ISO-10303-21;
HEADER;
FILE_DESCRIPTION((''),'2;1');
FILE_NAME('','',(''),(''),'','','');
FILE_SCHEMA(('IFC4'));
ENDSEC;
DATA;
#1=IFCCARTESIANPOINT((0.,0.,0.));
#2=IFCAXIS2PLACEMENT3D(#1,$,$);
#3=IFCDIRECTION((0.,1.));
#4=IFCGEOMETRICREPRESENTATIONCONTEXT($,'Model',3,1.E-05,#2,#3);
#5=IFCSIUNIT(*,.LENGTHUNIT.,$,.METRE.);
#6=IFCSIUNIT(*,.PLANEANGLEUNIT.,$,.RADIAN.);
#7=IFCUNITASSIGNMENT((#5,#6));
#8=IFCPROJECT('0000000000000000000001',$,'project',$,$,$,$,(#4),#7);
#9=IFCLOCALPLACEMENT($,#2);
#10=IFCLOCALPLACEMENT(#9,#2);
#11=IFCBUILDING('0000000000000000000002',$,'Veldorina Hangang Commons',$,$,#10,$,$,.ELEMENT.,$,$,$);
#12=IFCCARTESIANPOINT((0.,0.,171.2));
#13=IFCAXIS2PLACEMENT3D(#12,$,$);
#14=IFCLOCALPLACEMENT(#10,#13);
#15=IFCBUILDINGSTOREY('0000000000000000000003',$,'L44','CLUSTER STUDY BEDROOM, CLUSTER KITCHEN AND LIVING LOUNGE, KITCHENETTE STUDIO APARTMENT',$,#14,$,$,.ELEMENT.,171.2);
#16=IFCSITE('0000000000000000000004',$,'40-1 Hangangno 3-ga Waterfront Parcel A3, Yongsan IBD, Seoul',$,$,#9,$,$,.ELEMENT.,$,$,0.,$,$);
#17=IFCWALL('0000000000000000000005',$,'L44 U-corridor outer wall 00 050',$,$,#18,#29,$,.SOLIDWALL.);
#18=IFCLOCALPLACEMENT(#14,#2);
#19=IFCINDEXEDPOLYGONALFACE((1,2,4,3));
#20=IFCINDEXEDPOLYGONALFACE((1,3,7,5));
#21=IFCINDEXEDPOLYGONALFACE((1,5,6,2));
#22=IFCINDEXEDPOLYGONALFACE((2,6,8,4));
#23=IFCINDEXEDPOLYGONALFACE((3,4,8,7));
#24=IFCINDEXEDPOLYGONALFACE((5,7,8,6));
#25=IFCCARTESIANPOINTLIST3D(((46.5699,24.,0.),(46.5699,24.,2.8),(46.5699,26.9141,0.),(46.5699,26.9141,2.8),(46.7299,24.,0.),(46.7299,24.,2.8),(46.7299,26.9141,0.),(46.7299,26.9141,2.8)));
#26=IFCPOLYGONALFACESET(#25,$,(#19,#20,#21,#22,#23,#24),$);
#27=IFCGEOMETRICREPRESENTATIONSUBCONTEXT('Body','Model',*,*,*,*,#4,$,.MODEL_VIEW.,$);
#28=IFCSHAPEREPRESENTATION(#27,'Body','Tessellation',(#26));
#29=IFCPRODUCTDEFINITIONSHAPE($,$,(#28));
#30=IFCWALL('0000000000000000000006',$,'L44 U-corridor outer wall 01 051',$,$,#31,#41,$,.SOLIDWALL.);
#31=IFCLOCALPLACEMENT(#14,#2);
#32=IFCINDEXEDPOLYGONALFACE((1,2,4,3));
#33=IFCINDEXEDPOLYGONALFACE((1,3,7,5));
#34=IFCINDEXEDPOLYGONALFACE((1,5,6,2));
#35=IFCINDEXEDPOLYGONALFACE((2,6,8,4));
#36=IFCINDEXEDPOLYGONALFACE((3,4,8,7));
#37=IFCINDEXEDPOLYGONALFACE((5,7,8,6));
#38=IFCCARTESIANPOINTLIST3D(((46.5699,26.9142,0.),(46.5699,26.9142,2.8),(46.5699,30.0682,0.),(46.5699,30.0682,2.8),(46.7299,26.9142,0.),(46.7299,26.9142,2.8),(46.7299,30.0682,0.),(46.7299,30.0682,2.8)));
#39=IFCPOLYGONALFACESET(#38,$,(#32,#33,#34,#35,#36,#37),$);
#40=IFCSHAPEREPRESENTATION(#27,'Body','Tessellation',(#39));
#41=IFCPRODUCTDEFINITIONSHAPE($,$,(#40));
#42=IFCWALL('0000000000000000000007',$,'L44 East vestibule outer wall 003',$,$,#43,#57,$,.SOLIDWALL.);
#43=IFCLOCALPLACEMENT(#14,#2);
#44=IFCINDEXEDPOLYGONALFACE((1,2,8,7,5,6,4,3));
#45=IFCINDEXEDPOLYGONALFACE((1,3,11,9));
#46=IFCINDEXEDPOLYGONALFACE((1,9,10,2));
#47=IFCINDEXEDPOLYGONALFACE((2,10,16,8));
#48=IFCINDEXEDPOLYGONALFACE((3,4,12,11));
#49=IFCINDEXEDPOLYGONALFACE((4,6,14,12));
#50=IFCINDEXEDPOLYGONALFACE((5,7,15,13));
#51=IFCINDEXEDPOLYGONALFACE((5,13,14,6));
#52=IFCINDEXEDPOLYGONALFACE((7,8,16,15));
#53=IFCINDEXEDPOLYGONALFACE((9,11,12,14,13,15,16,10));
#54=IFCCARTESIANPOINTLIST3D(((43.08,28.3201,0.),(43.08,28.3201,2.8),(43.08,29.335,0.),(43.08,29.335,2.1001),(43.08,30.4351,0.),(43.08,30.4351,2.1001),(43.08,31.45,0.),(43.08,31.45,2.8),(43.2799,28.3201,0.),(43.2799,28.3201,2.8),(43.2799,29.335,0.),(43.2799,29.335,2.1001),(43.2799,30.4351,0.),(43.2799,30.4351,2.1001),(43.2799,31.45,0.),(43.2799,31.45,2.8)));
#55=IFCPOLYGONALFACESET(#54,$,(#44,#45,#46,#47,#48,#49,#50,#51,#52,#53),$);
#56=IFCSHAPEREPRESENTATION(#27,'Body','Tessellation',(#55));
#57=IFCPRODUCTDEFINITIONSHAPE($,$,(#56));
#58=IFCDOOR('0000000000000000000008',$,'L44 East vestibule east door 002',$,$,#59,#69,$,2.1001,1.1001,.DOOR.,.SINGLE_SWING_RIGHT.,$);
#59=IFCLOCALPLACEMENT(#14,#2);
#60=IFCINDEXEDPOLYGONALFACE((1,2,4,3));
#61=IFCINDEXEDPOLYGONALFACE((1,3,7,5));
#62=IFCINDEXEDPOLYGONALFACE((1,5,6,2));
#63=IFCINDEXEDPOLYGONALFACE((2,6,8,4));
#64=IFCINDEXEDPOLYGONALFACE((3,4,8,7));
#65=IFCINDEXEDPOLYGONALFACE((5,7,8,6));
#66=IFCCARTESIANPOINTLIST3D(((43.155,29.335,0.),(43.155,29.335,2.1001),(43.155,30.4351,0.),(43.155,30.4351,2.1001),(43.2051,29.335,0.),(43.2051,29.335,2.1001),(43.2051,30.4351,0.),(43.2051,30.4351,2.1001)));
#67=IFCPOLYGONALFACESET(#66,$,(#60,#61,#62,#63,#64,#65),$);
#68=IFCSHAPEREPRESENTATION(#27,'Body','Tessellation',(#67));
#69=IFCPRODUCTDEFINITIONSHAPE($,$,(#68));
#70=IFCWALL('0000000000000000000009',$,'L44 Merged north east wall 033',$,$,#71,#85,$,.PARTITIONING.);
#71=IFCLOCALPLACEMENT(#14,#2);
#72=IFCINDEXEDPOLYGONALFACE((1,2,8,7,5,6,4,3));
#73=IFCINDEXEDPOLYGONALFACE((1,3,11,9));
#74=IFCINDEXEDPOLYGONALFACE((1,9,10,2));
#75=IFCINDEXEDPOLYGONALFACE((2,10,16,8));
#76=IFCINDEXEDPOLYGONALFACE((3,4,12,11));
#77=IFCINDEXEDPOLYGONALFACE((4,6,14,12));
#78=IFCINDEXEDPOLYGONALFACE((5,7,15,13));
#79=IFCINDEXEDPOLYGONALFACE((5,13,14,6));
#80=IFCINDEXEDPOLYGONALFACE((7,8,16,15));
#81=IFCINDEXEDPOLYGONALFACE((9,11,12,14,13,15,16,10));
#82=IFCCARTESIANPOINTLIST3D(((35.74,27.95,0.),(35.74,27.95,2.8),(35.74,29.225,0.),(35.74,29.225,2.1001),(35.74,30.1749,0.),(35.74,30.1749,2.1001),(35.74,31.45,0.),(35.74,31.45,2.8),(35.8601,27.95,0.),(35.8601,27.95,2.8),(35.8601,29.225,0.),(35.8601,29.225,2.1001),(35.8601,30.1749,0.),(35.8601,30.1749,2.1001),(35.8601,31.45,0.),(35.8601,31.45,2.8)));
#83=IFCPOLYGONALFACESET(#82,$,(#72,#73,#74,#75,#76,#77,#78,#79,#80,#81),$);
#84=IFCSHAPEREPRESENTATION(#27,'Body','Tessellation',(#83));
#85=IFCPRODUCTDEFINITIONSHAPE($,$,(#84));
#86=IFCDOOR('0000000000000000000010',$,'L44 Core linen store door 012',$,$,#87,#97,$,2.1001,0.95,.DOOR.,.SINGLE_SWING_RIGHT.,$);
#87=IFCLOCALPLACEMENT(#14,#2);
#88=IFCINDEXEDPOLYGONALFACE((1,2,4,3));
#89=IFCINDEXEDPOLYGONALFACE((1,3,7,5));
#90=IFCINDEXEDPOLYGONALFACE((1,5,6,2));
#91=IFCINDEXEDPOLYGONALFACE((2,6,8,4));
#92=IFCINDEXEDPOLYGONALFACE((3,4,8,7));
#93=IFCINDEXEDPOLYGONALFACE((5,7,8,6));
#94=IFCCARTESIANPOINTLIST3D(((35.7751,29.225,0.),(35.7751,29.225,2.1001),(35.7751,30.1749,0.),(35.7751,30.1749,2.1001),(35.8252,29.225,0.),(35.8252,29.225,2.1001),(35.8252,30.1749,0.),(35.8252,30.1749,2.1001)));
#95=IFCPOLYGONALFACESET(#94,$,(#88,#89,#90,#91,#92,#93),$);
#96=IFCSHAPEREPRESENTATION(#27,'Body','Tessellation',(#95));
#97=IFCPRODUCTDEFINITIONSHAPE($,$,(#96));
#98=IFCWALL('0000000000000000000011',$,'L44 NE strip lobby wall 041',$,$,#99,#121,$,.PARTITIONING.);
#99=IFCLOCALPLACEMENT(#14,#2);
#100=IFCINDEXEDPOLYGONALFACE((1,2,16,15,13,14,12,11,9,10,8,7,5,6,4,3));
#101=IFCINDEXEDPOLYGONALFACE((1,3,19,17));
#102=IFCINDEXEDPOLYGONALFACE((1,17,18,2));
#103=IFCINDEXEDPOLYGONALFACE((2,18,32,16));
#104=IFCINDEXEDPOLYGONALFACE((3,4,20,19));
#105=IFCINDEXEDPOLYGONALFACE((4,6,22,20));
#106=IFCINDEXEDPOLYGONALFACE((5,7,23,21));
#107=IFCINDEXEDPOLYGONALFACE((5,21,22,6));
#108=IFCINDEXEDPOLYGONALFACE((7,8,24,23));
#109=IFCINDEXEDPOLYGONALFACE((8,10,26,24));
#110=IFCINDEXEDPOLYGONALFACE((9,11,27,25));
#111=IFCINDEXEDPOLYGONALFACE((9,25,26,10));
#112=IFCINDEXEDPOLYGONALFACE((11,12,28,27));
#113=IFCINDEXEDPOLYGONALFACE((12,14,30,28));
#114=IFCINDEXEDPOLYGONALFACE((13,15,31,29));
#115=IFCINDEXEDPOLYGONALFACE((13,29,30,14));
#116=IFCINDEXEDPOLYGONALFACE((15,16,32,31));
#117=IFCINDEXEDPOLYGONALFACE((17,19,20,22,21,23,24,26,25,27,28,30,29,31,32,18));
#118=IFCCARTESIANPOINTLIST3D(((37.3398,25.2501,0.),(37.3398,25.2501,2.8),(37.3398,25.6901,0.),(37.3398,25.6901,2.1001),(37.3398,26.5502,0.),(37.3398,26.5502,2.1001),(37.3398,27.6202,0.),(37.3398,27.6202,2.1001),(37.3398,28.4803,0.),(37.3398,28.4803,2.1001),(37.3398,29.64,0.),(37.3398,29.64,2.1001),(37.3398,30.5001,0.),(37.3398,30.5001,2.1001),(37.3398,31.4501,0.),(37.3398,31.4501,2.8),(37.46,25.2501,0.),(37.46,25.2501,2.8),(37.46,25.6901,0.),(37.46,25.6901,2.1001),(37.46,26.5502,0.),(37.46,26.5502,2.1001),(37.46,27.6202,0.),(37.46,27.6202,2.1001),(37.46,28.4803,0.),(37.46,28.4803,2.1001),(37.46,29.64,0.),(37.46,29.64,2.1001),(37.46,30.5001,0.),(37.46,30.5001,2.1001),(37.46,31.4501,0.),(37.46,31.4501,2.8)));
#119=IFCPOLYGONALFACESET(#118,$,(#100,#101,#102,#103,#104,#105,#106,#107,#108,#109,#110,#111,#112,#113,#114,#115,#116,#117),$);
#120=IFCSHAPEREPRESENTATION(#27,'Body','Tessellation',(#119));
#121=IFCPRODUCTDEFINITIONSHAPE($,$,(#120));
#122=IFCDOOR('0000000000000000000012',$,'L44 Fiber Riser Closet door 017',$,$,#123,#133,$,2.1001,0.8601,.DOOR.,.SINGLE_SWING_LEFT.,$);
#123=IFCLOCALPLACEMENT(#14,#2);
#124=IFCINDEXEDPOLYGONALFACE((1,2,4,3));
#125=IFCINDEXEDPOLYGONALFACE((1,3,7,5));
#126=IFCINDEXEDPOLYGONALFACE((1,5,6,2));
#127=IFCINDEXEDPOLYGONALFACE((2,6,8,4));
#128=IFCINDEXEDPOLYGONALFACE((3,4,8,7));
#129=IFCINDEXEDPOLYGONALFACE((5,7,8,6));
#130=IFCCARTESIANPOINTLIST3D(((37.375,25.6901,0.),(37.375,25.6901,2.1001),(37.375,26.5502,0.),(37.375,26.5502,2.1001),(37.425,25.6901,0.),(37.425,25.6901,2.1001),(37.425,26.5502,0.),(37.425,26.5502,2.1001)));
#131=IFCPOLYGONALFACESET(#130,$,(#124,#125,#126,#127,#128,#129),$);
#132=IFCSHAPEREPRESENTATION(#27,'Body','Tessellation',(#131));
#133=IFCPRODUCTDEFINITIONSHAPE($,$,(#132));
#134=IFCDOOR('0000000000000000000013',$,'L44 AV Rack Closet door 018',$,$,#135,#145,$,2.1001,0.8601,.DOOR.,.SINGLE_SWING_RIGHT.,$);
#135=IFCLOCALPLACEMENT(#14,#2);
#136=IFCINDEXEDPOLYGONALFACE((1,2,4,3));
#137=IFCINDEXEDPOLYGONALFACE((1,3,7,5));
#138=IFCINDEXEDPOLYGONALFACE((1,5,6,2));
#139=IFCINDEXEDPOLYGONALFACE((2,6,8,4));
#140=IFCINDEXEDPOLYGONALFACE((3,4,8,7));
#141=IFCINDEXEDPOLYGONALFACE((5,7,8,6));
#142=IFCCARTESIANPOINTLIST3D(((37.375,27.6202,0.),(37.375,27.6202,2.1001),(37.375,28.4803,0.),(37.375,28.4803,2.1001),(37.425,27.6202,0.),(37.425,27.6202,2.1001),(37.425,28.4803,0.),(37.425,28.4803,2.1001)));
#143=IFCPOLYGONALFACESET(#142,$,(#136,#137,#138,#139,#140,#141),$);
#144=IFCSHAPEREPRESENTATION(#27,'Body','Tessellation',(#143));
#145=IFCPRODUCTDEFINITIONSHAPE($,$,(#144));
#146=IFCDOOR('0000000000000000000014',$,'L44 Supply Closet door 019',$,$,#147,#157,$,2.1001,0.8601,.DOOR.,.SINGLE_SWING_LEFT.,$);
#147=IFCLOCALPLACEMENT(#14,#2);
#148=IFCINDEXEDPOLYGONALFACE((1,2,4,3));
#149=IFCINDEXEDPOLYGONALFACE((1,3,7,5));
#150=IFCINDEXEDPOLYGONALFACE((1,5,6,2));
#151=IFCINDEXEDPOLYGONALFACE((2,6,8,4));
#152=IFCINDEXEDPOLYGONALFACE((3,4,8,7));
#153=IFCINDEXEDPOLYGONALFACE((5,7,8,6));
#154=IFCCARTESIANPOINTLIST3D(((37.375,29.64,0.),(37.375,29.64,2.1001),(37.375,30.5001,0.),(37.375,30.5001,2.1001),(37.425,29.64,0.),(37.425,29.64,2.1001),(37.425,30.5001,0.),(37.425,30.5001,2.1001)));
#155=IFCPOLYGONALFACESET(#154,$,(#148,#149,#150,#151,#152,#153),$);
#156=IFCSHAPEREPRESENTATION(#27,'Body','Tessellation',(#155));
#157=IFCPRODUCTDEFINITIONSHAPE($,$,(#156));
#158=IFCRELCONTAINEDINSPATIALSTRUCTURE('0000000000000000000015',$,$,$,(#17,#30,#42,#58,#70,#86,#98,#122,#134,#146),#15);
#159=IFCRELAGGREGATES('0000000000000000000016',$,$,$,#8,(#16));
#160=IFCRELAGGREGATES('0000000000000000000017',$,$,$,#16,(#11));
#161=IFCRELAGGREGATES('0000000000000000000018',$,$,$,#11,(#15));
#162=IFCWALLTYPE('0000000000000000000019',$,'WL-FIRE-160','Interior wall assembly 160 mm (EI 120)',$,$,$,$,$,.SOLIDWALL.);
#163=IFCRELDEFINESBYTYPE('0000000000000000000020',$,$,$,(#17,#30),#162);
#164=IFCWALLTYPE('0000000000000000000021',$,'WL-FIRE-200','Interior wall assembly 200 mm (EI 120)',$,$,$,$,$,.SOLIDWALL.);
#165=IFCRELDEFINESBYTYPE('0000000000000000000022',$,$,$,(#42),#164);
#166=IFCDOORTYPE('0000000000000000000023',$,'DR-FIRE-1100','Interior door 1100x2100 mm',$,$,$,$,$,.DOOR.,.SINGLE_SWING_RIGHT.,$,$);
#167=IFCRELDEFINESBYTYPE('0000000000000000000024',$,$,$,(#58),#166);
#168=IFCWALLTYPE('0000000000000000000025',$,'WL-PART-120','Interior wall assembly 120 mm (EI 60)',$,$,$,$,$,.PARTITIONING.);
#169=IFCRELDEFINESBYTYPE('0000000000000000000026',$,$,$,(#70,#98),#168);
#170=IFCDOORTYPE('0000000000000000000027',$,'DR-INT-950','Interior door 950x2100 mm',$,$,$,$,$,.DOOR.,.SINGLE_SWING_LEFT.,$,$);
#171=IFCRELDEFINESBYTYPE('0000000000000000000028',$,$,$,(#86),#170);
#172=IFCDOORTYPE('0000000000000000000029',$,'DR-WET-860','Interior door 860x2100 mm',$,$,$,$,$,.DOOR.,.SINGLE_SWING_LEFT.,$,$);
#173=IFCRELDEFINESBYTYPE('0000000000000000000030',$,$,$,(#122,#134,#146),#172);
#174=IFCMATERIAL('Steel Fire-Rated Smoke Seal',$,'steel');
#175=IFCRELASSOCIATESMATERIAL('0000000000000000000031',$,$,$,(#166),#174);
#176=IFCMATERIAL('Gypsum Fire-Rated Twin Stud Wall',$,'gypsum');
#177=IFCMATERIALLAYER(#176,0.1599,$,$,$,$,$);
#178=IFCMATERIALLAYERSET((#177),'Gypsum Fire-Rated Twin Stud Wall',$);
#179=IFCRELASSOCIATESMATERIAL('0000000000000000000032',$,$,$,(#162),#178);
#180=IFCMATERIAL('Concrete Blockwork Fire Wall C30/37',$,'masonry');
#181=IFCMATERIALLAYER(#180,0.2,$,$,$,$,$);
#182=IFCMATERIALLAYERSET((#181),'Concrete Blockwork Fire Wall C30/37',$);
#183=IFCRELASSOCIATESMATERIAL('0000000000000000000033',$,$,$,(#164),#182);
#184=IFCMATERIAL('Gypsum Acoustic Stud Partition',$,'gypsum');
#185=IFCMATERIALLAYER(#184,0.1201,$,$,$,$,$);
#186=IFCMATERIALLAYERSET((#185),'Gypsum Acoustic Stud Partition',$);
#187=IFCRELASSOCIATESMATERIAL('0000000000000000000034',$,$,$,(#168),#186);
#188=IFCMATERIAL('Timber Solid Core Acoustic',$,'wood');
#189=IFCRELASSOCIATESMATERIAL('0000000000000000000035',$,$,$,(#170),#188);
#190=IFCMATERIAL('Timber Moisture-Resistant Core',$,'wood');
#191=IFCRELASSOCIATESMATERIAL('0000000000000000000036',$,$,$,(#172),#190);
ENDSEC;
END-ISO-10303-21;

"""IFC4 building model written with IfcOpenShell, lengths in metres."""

from ifc_helpers import new_model, si_unit, direction, frame, frame_2d, origin, place, context, subcontext, project, spatial, rectangle, extrude, material, layer, layer_set, type_object, element, fill, save


model = new_model("IFC4")

# Units and contexts
model_context = context("Model", 3, precision=1e-05, world=origin(), true_north=direction((0.0, 1.0)))
body_context = subcontext(model_context, "Body", "Model", "MODEL_VIEW")
ifc_project = project(units=[si_unit("LENGTHUNIT", "METRE"), si_unit("PLANEANGLEUNIT", "RADIAN")], contexts=[model_context])

# Site, building, storey
site_placement = place(None, origin())
site = spatial("IfcSite", under=ifc_project, at=site_placement, Name="40-1 Hangangno 3-ga Waterfront Parcel A3, Yongsan IBD, Seoul", CompositionType="ELEMENT", RefElevation=0.0)
building_placement = place(site_placement, origin())
building = spatial("IfcBuilding", under=site, at=building_placement, Name="Veldorina Hangang Commons", CompositionType="ELEMENT")
storey_placement = place(building_placement, frame((0.0, 0.0, 171.2)))
storey = spatial("IfcBuildingStorey", under=building, at=storey_placement, Name="L44", Description="CLUSTER STUDY BEDROOM, CLUSTER KITCHEN AND LIVING LOUNGE, KITCHENETTE STUDIO APARTMENT", CompositionType="ELEMENT", Elevation=171.2)

# Shared definitions
ifc_material_1 = material(Name="Steel Fire-Rated Smoke Seal", Category="steel")
door_type_1 = type_object("IfcDoorType", Name="DR-FIRE-1100", Description="Interior door 1100x2100 mm", OperationType="SINGLE_SWING_RIGHT", PredefinedType="DOOR", material=ifc_material_1)

# Walls
ifc_material_2 = material(Name="Gypsum Fire-Rated Twin Stud Wall", Category="gypsum")
ifc_layer_1 = layer(ifc_material_2, 0.1599)
ifc_layer_set_1 = layer_set([ifc_layer_1], Name="Gypsum Fire-Rated Twin Stud Wall")
wall_type_1 = type_object("IfcWallType", Name="WL-FIRE-160", Description="Interior wall assembly 160 mm (EI 120)", PredefinedType="SOLIDWALL", material=ifc_layer_set_1)
wall_1_placement = place(storey_placement, frame((46.6499, 24.0, 0.0), z_axis=(0.0, 0.0, 1.0), x_axis=(0.0, 1.0, 0.0)))
element("IfcWall", 1, at=wall_1_placement, inside=storey, type_object=wall_type_1, Name="L44 U-corridor outer wall 00 050", PredefinedType="SOLIDWALL", context=body_context, shape_type="SweptSolid", body=[
    extrude(rectangle(XDim=2.9141, YDim=0.1599, at=frame_2d((1.457, 0.0))), origin(), (0.0, 0.0, 1.0), 2.8),
])
wall_2_placement = place(storey_placement, frame((46.6499, 26.9141, 0.0), z_axis=(0.0, 0.0, 1.0), x_axis=(0.0, 1.0, 0.0)))
element("IfcWall", 2, at=wall_2_placement, inside=storey, type_object=wall_type_1, Name="L44 U-corridor outer wall 01 051", PredefinedType="SOLIDWALL", context=body_context, shape_type="SweptSolid", body=[
    extrude(rectangle(XDim=3.1541, YDim=0.1599, at=frame_2d((1.5771, 0.0))), origin(), (0.0, 0.0, 1.0), 2.8),
])

# Walls, openings, doors
ifc_material_3 = material(Name="Concrete Blockwork Fire Wall C30/37", Category="masonry")
ifc_layer_2 = layer(ifc_material_3, 0.2)
ifc_layer_set_2 = layer_set([ifc_layer_2], Name="Concrete Blockwork Fire Wall C30/37")
wall_type_2 = type_object("IfcWallType", Name="WL-FIRE-200", Description="Interior wall assembly 200 mm (EI 120)", PredefinedType="SOLIDWALL", material=ifc_layer_set_2)
wall_3_placement = place(storey_placement, frame((43.1799, 28.3201, 0.0), z_axis=(0.0, 0.0, 1.0), x_axis=(0.0, 1.0, 0.0)))
wall_3 = element("IfcWall", 3, at=wall_3_placement, inside=storey, type_object=wall_type_2, Name="L44 East vestibule outer wall 003", PredefinedType="SOLIDWALL", context=body_context, shape_type="SweptSolid", body=[
    extrude(rectangle(XDim=3.1299, YDim=0.2, at=frame_2d((1.5649, 0.0))), origin(), (0.0, 0.0, 1.0), 2.8),
])
opening_1_placement = place(wall_3_placement, frame((1.0149, 0.0, 0.0)))
opening_1 = element("IfcOpeningElement", 4, at=opening_1_placement, cuts=wall_3, PredefinedType="OPENING", context=body_context, shape_type="SweptSolid", body=[
    extrude(rectangle(XDim=1.1001, YDim=2.1001, at=frame_2d((0.55, 1.05))), frame((0.0, 0.1099, 0.0), z_axis=(0.0, -1.0, 0.0), x_axis=(1.0, 0.0, 0.0)), (0.0, 0.0, 1.0), 0.22),
])
door_1_placement = place(opening_1_placement, origin())
door_1 = element("IfcDoor", 5, at=door_1_placement, inside=storey, type_object=door_type_1, Name="L44 East vestibule east door 002", OperationType="SINGLE_SWING_RIGHT", OverallHeight=2.1001, OverallWidth=1.1001, PredefinedType="DOOR", context=body_context, shape_type="SweptSolid", body=[
    extrude(rectangle(XDim=1.1001, YDim=2.1001, at=frame_2d((0.55, 1.05))), frame((0.0, 0.0249, 0.0), z_axis=(0.0, -1.0, 0.0), x_axis=(1.0, 0.0, 0.0)), (0.0, 0.0, 1.0), 0.05),
])
fill(opening_1, door_1)
ifc_material_4 = material(Name="Gypsum Acoustic Stud Partition", Category="gypsum")
ifc_layer_3 = layer(ifc_material_4, 0.1201)
ifc_layer_set_3 = layer_set([ifc_layer_3], Name="Gypsum Acoustic Stud Partition")
wall_type_3 = type_object("IfcWallType", Name="WL-PART-120", Description="Interior wall assembly 120 mm (EI 60)", PredefinedType="PARTITIONING", material=ifc_layer_set_3)
wall_4_placement = place(storey_placement, frame((35.8, 27.95, 0.0), z_axis=(0.0, 0.0, 1.0), x_axis=(0.0, 1.0, 0.0)))
wall_4 = element("IfcWall", 6, at=wall_4_placement, inside=storey, type_object=wall_type_3, Name="L44 Merged north east wall 033", PredefinedType="PARTITIONING", context=body_context, shape_type="SweptSolid", body=[
    extrude(rectangle(XDim=3.5, YDim=0.1201, at=frame_2d((1.75, 0.0))), origin(), (0.0, 0.0, 1.0), 2.8),
])
opening_2_placement = place(wall_4_placement, frame((1.2749, 0.0, 0.0)))
opening_2 = element("IfcOpeningElement", 7, at=opening_2_placement, cuts=wall_4, PredefinedType="OPENING", context=body_context, shape_type="SweptSolid", body=[
    extrude(rectangle(XDim=0.95, YDim=2.1001, at=frame_2d((0.4751, 1.05))), frame((0.0, 0.0701, 0.0), z_axis=(0.0, -1.0, 0.0), x_axis=(1.0, 0.0, 0.0)), (0.0, 0.0, 1.0), 0.1401),
])
ifc_material_5 = material(Name="Timber Solid Core Acoustic", Category="wood")
door_type_2 = type_object("IfcDoorType", Name="DR-INT-950", Description="Interior door 950x2100 mm", OperationType="SINGLE_SWING_LEFT", PredefinedType="DOOR", material=ifc_material_5)
door_2_placement = place(opening_2_placement, origin())
door_2 = element("IfcDoor", 8, at=door_2_placement, inside=storey, type_object=door_type_2, Name="L44 Core linen store door 012", OperationType="SINGLE_SWING_RIGHT", OverallHeight=2.1001, OverallWidth=0.95, PredefinedType="DOOR", context=body_context, shape_type="SweptSolid", body=[
    extrude(rectangle(XDim=0.95, YDim=2.1001, at=frame_2d((0.4751, 1.05))), frame((0.0, 0.0249, 0.0), z_axis=(0.0, -1.0, 0.0), x_axis=(1.0, 0.0, 0.0)), (0.0, 0.0, 1.0), 0.05),
])
fill(opening_2, door_2)

# Wall, openings, doors
wall_5_placement = place(storey_placement, frame((37.3999, 25.25, 0.0), z_axis=(0.0, 0.0, 1.0), x_axis=(0.0, 1.0, 0.0)))
wall_5 = element("IfcWall", 9, at=wall_5_placement, inside=storey, type_object=wall_type_3, Name="L44 NE strip lobby wall 041", PredefinedType="PARTITIONING", context=body_context, shape_type="SweptSolid", body=[
    extrude(rectangle(XDim=6.2, YDim=0.1201, at=frame_2d((3.1001, 0.0))), origin(), (0.0, 0.0, 1.0), 2.8),
])
opening_3_placement = place(wall_5_placement, frame((0.4399, 0.0, 0.0)))
opening_3 = element("IfcOpeningElement", 10, at=opening_3_placement, cuts=wall_5, PredefinedType="OPENING", context=body_context, shape_type="SweptSolid", body=[
    extrude(rectangle(XDim=0.8601, YDim=2.1001, at=frame_2d((0.4302, 1.05))), frame((0.0, 0.0701, 0.0), z_axis=(0.0, -1.0, 0.0), x_axis=(1.0, 0.0, 0.0)), (0.0, 0.0, 1.0), 0.1401),
])
opening_4_placement = place(wall_5_placement, frame((2.3701, 0.0, 0.0)))
opening_4 = element("IfcOpeningElement", 11, at=opening_4_placement, cuts=wall_5, PredefinedType="OPENING", context=body_context, shape_type="SweptSolid", body=[
    extrude(rectangle(XDim=0.8601, YDim=2.1001, at=frame_2d((0.4302, 1.05))), frame((0.0, 0.0701, 0.0), z_axis=(0.0, -1.0, 0.0), x_axis=(1.0, 0.0, 0.0)), (0.0, 0.0, 1.0), 0.1401),
])
opening_5_placement = place(wall_5_placement, frame((4.3899, 0.0, 0.0)))
opening_5 = element("IfcOpeningElement", 12, at=opening_5_placement, cuts=wall_5, PredefinedType="OPENING", context=body_context, shape_type="SweptSolid", body=[
    extrude(rectangle(XDim=0.8601, YDim=2.1001, at=frame_2d((0.4302, 1.05))), frame((0.0, 0.0701, 0.0), z_axis=(0.0, -1.0, 0.0), x_axis=(1.0, 0.0, 0.0)), (0.0, 0.0, 1.0), 0.1401),
])
ifc_material_6 = material(Name="Timber Moisture-Resistant Core", Category="wood")
door_type_3 = type_object("IfcDoorType", Name="DR-WET-860", Description="Interior door 860x2100 mm", OperationType="SINGLE_SWING_LEFT", PredefinedType="DOOR", material=ifc_material_6)
door_3_placement = place(opening_3_placement, origin())
door_3 = element("IfcDoor", 13, at=door_3_placement, inside=storey, type_object=door_type_3, Name="L44 Fiber Riser Closet door 017", OperationType="SINGLE_SWING_LEFT", OverallHeight=2.1001, OverallWidth=0.8601, PredefinedType="DOOR", context=body_context, shape_type="SweptSolid", body=[
    extrude(rectangle(XDim=0.8601, YDim=2.1001, at=frame_2d((0.4302, 1.05))), frame((0.0, 0.0249, 0.0), z_axis=(0.0, -1.0, 0.0), x_axis=(1.0, 0.0, 0.0)), (0.0, 0.0, 1.0), 0.05),
])
fill(opening_3, door_3)
door_4_placement = place(opening_4_placement, origin())
door_4 = element("IfcDoor", 14, at=door_4_placement, inside=storey, type_object=door_type_3, Name="L44 AV Rack Closet door 018", OperationType="SINGLE_SWING_RIGHT", OverallHeight=2.1001, OverallWidth=0.8601, PredefinedType="DOOR", context=body_context, shape_type="SweptSolid", body=[
    extrude(rectangle(XDim=0.8601, YDim=2.1001, at=frame_2d((0.4302, 1.05))), frame((0.0, 0.0249, 0.0), z_axis=(0.0, -1.0, 0.0), x_axis=(1.0, 0.0, 0.0)), (0.0, 0.0, 1.0), 0.05),
])
fill(opening_4, door_4)
door_5_placement = place(opening_5_placement, origin())
door_5 = element("IfcDoor", 15, at=door_5_placement, inside=storey, type_object=door_type_3, Name="L44 Supply Closet door 019", OperationType="SINGLE_SWING_LEFT", OverallHeight=2.1001, OverallWidth=0.8601, PredefinedType="DOOR", context=body_context, shape_type="SweptSolid", body=[
    extrude(rectangle(XDim=0.8601, YDim=2.1001, at=frame_2d((0.4302, 1.05))), frame((0.0, 0.0249, 0.0), z_axis=(0.0, -1.0, 0.0), x_axis=(1.0, 0.0, 0.0)), (0.0, 0.0, 1.0), 0.05),
])
fill(opening_5, door_5)

save(model, "model.ifc")
